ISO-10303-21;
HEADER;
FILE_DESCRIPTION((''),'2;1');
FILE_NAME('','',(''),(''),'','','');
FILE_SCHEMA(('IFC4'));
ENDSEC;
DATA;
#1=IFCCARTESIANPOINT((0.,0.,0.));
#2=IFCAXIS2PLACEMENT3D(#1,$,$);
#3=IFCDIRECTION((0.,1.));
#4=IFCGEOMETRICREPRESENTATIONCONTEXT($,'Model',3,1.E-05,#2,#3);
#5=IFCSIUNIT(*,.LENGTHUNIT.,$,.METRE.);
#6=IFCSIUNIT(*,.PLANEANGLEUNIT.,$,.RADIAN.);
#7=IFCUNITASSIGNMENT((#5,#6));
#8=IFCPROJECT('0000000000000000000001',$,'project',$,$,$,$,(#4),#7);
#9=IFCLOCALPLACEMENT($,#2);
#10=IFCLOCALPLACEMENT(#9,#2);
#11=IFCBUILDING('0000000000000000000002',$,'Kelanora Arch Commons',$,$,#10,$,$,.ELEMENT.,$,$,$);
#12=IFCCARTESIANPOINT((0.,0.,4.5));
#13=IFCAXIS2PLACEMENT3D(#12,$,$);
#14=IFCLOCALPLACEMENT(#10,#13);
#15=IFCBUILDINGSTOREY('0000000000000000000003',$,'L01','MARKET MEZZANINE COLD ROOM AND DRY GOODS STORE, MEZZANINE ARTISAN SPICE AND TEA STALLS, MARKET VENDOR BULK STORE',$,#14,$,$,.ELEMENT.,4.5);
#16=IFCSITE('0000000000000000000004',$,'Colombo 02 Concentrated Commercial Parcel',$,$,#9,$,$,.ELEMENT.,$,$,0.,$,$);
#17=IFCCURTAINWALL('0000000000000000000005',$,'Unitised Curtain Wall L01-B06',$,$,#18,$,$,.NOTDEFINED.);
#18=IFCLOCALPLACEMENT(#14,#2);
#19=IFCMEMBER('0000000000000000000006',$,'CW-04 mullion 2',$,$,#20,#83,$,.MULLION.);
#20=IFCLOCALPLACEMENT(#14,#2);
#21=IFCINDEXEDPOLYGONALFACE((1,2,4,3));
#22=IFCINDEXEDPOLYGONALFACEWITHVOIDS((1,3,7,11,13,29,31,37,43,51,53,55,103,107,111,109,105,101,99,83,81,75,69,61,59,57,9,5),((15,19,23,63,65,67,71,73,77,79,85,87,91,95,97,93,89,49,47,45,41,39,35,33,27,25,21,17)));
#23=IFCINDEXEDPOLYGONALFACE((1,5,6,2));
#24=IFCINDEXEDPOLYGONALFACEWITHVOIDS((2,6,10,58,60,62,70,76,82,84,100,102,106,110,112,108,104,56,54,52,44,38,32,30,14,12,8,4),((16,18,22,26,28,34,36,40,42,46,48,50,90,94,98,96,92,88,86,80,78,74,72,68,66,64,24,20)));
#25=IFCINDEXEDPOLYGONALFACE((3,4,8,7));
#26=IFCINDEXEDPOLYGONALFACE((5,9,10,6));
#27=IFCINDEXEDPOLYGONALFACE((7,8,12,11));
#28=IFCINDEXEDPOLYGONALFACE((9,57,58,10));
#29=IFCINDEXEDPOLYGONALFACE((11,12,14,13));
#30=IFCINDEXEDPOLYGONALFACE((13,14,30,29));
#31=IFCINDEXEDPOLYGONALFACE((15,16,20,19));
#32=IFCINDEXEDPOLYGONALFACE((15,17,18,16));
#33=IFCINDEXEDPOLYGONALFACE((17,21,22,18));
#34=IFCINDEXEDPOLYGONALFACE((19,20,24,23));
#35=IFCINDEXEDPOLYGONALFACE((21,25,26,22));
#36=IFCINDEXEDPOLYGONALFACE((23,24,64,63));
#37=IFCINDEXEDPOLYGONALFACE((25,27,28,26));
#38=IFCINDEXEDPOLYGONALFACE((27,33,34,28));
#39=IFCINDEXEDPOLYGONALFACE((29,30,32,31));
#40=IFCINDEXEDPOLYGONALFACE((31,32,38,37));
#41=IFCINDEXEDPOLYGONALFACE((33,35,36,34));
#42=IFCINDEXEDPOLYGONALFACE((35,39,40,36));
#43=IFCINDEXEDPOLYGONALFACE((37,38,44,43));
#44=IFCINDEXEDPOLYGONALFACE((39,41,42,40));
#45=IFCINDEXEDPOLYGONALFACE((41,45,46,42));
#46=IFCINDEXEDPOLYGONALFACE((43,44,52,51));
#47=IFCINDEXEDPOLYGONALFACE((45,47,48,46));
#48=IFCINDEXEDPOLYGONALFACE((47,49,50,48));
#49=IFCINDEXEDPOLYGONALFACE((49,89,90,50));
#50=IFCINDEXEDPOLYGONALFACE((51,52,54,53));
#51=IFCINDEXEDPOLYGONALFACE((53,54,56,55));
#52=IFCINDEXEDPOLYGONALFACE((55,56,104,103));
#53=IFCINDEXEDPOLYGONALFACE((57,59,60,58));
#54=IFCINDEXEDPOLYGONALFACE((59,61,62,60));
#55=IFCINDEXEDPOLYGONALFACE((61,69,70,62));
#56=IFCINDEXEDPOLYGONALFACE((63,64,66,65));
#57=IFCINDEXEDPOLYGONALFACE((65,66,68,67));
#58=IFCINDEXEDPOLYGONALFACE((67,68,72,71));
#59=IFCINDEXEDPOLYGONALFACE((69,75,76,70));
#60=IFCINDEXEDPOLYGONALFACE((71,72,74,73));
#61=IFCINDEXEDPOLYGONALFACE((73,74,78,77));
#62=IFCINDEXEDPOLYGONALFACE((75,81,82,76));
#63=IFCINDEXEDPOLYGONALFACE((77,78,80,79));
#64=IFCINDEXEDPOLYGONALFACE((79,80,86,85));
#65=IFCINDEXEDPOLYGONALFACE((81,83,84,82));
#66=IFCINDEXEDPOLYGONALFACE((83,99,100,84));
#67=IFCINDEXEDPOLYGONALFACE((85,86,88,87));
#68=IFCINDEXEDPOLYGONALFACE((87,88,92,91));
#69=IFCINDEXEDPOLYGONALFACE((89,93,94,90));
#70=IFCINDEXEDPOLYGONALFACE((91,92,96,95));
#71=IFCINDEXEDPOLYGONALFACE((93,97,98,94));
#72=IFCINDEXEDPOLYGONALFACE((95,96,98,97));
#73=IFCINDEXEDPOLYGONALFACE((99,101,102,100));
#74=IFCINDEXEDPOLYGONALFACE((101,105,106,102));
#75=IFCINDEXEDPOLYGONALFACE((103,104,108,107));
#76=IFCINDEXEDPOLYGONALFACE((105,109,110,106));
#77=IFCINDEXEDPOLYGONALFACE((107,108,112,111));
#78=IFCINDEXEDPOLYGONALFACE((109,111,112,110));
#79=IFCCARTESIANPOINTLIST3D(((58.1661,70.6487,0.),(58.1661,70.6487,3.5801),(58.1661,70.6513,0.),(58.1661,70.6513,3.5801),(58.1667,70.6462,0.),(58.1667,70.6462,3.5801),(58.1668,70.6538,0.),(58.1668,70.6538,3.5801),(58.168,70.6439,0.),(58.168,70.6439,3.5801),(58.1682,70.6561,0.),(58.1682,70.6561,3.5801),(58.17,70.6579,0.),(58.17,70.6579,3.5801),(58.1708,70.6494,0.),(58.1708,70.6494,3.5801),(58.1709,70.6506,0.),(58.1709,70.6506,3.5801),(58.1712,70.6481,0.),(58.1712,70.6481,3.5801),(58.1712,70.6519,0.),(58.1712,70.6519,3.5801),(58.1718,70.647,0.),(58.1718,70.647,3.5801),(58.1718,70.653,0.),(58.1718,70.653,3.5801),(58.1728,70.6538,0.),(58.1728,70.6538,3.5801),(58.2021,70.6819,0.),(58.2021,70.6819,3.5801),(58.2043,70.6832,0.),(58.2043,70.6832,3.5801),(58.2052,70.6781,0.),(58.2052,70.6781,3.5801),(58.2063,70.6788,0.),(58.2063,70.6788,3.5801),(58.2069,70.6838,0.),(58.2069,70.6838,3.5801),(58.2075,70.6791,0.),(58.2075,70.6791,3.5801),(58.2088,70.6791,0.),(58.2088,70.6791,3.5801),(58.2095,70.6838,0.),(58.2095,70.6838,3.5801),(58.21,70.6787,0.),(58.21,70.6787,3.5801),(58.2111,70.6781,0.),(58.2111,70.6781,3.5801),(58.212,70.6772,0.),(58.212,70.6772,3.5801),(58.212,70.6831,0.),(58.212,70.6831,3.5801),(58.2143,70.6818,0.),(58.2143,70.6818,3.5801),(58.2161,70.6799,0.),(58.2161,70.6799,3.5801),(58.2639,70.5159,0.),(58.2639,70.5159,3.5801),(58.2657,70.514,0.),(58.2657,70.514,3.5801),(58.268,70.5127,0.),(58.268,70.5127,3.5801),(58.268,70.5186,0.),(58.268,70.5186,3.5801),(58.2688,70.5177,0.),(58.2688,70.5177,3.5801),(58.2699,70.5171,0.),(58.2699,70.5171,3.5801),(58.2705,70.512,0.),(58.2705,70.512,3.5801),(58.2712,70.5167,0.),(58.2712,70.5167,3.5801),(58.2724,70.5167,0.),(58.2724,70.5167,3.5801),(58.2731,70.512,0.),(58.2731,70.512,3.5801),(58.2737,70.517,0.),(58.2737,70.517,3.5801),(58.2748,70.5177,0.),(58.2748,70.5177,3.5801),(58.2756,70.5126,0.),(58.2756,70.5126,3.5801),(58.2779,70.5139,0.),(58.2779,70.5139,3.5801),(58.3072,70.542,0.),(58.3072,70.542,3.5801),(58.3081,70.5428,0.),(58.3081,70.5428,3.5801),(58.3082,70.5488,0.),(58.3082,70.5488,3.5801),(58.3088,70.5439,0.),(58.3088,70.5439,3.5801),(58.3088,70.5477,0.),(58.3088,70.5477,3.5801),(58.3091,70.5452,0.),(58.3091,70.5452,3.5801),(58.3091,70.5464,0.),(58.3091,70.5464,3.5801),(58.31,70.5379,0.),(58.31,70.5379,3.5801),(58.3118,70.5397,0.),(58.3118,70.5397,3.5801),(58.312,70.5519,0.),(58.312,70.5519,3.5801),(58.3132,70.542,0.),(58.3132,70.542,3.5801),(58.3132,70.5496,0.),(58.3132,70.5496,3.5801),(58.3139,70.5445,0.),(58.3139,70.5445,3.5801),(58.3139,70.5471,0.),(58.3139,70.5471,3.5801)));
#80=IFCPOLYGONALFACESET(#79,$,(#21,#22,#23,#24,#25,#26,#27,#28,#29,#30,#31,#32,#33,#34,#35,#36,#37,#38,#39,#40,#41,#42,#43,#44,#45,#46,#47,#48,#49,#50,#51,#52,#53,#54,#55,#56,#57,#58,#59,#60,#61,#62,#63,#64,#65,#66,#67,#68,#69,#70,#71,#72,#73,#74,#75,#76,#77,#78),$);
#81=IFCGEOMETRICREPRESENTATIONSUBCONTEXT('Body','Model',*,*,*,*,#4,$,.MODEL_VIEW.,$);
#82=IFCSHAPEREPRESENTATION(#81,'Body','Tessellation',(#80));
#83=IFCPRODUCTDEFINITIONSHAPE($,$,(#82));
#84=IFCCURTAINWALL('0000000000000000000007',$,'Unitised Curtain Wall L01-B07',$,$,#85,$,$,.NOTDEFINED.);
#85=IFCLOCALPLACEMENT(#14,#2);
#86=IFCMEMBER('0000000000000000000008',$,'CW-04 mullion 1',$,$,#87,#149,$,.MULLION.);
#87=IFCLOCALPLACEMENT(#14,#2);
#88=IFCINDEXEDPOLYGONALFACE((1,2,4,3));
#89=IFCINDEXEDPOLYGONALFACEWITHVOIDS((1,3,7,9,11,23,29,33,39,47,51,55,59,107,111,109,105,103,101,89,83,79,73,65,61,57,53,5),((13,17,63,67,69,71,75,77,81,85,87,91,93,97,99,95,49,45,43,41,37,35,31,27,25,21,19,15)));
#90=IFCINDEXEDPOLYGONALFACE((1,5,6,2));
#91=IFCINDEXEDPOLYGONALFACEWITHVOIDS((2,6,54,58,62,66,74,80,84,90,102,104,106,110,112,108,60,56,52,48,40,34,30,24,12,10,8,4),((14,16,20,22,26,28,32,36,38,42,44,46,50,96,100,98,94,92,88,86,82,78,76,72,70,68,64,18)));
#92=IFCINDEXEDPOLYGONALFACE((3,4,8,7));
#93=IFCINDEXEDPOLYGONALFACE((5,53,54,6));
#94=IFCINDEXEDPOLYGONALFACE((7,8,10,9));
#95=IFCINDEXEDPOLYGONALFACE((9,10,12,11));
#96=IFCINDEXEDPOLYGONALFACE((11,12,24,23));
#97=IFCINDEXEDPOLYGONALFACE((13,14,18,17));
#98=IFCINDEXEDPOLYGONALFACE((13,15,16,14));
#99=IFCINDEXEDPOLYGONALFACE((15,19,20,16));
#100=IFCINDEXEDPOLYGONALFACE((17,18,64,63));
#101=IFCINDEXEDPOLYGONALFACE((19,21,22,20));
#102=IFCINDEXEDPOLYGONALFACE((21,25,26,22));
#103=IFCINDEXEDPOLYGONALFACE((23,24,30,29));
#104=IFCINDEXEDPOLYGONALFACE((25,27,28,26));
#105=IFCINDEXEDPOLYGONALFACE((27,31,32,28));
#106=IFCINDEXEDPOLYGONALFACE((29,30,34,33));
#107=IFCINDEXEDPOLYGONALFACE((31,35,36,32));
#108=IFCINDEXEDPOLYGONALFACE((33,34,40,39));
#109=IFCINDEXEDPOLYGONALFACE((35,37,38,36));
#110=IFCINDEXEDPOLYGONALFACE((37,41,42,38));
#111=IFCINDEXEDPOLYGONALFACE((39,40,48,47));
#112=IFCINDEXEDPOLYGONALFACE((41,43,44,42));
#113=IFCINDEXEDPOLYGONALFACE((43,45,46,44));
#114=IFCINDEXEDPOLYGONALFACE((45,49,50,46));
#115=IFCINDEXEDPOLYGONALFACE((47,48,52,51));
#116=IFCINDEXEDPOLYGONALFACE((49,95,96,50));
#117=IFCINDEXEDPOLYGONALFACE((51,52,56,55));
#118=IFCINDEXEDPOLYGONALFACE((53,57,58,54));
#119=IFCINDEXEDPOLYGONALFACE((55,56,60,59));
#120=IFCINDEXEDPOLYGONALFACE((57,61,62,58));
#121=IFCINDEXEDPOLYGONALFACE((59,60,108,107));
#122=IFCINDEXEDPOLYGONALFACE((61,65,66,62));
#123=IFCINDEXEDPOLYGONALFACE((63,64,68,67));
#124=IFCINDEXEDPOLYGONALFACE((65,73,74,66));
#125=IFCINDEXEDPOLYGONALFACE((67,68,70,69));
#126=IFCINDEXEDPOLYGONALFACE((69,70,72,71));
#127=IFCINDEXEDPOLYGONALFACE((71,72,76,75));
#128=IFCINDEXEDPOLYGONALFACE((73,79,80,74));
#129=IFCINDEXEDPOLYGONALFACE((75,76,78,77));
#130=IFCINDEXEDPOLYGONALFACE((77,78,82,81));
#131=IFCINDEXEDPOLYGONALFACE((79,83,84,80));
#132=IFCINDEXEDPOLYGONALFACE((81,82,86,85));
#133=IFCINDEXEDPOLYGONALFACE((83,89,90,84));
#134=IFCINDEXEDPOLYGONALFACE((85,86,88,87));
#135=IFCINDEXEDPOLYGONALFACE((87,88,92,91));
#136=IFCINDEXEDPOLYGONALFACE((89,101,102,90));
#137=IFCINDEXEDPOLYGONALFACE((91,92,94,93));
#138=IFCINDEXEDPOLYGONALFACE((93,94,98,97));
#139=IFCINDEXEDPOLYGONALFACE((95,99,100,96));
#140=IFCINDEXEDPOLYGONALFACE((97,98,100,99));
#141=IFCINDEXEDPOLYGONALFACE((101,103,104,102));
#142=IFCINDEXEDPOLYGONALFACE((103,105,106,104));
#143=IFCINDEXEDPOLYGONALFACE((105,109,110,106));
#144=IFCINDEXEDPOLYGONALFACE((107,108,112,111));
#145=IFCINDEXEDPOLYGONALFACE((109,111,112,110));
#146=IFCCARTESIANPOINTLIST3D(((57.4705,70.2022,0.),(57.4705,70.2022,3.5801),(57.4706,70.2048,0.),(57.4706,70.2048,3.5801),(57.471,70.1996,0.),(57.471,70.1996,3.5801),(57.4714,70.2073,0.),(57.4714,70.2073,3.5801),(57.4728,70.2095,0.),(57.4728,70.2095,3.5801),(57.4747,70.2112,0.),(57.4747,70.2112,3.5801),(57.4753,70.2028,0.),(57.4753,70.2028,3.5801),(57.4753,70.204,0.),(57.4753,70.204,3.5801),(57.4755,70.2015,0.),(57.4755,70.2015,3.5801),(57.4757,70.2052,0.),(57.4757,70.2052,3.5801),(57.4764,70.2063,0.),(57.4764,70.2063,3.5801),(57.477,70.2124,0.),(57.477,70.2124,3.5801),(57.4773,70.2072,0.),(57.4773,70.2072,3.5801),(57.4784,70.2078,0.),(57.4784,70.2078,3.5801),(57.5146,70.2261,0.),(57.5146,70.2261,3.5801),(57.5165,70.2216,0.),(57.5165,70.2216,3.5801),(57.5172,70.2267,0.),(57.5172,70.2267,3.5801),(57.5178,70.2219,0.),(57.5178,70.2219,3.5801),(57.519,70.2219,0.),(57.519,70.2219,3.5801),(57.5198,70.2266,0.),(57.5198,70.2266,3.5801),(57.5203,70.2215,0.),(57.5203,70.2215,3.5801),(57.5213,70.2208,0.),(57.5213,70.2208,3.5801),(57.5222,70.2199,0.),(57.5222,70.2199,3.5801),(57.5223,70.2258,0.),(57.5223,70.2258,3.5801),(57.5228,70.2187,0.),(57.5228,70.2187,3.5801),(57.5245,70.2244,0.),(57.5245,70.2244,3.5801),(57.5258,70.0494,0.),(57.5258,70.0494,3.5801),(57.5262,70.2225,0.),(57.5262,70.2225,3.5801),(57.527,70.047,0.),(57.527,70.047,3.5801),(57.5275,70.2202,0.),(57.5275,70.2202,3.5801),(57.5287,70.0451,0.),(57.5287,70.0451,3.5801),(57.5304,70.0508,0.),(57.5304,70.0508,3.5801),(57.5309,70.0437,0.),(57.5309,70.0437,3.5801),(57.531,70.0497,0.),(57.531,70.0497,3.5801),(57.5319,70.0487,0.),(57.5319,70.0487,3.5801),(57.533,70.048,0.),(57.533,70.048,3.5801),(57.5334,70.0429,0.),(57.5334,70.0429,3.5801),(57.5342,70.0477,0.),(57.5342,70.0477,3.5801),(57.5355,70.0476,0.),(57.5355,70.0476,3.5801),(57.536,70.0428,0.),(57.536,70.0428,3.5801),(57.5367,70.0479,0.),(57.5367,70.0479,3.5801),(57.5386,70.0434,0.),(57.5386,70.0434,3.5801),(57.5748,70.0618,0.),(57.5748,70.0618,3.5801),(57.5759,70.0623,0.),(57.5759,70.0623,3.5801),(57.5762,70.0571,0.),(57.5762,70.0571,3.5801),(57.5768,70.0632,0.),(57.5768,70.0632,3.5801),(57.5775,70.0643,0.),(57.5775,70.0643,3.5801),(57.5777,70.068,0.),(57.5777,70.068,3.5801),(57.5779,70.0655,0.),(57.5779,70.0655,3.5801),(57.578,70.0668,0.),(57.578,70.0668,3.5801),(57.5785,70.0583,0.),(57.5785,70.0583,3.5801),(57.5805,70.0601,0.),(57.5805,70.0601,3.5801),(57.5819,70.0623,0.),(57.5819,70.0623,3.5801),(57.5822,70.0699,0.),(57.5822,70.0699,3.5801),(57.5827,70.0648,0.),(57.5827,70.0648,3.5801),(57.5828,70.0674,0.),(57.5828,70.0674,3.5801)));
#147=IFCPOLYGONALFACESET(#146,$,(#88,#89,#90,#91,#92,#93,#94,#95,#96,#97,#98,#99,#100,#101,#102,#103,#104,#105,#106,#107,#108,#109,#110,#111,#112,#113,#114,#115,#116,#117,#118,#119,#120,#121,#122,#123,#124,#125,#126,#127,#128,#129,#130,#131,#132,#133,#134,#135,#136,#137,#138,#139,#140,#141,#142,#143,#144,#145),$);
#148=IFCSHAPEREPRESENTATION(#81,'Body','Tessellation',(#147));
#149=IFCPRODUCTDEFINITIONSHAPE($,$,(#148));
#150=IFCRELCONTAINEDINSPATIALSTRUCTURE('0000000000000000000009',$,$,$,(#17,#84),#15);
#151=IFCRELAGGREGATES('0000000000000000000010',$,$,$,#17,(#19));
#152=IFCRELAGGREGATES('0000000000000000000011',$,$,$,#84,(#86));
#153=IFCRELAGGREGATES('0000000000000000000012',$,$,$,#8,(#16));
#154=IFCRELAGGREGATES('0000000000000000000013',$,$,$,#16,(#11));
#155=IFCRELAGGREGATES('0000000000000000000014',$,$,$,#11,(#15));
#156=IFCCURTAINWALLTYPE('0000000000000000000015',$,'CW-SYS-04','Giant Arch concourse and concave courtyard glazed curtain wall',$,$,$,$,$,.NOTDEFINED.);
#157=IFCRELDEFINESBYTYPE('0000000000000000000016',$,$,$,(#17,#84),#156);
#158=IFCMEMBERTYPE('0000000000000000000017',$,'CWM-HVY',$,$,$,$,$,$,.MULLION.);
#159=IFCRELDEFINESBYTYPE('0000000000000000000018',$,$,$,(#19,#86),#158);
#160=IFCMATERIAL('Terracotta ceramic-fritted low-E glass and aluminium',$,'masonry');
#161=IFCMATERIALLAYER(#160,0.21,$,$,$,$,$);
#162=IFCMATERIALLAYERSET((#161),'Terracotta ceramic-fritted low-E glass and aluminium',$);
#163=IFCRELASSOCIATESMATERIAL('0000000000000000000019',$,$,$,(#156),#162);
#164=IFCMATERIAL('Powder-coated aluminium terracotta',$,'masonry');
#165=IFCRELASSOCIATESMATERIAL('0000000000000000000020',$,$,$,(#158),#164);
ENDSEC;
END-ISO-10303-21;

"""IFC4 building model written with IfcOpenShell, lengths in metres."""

from ifc_helpers import new_model, si_unit, direction, frame, origin, origin_2d, place, context, subcontext, project, spatial, hollow_rectangle, extrude, material, layer, layer_set, material_profile, profile_set, type_object, element, aggregate, save


model = new_model("IFC4")

# Units and contexts
model_context = context("Model", 3, precision=1e-05, world=origin(), true_north=direction((0.0, 1.0)))
body_context = subcontext(model_context, "Body", "Model", "MODEL_VIEW")
ifc_project = project(units=[si_unit("LENGTHUNIT", "METRE"), si_unit("PLANEANGLEUNIT", "RADIAN")], contexts=[model_context])

# Site, building, storey
site_placement = place(None, origin())
site = spatial("IfcSite", under=ifc_project, at=site_placement, Name="Colombo 02 Concentrated Commercial Parcel", CompositionType="ELEMENT", RefElevation=0.0)
building_placement = place(site_placement, origin())
building = spatial("IfcBuilding", under=site, at=building_placement, Name="Kelanora Arch Commons", CompositionType="ELEMENT")
storey_placement = place(building_placement, frame((0.0, 0.0, 4.5)))
storey = spatial("IfcBuildingStorey", under=building, at=storey_placement, Name="L01", Description="MARKET MEZZANINE COLD ROOM AND DRY GOODS STORE, MEZZANINE ARTISAN SPICE AND TEA STALLS, MARKET VENDOR BULK STORE", CompositionType="ELEMENT", Elevation=4.5)

# Curtain wall, member
ifc_material_1 = material(Name="Terracotta ceramic-fritted low-E glass and aluminium", Category="masonry")
ifc_layer_1 = layer(ifc_material_1, 0.21)
ifc_layer_set_1 = layer_set([ifc_layer_1], Name="Terracotta ceramic-fritted low-E glass and aluminium")
curtain_wall_type = type_object("IfcCurtainWallType", Name="CW-SYS-04", Description="Giant Arch concourse and concave courtyard glazed curtain wall", PredefinedType="NOTDEFINED", material=ifc_layer_set_1)
curtain_wall_1_placement = place(storey_placement, origin())
curtain_wall_1 = element("IfcCurtainWall", 1, at=curtain_wall_1_placement, inside=storey, type_object=curtain_wall_type, Name="Unitised Curtain Wall L01-B06", PredefinedType="NOTDEFINED")
ifc_material_2 = material(Name="Powder-coated aluminium terracotta", Category="masonry")
ifc_material_profile_1 = material_profile(ifc_material_2, hollow_rectangle(XDim=0.1799, YDim=0.0601, WallThickness=0.0049, InnerFilletRadius=0.0049, OuterFilletRadius=0.01, at=origin_2d()), Name="CWM180x60")
ifc_profile_set_1 = profile_set([ifc_material_profile_1], Name="Powder-coated aluminium terracotta")
member_type_1 = type_object("IfcMemberType", Name="CWM-HVY", PredefinedType="MULLION", material=ifc_profile_set_1)
member_1_placement = place(storey_placement, frame((58.24, 70.5979, 0.0), z_axis=(0.0, 0.0, 1.0), x_axis=(0.599588, -0.800309, 0.0)))
member_1 = element("IfcMember", 2, at=member_1_placement, type_object=member_type_1, Name="CW-04 mullion 2", PredefinedType="MULLION", context=body_context, shape_type="SweptSolid", body=[
    extrude(hollow_rectangle(XDim=0.1799, YDim=0.0601, WallThickness=0.0049, InnerFilletRadius=0.0049, OuterFilletRadius=0.01, at=origin_2d()), origin(), (0.0, 0.0, 1.0), 3.5801),
])

# Curtain wall, member
curtain_wall_2_placement = place(storey_placement, origin())
curtain_wall_2 = element("IfcCurtainWall", 3, at=curtain_wall_2_placement, inside=storey, type_object=curtain_wall_type, Name="Unitised Curtain Wall L01-B07", PredefinedType="NOTDEFINED")
member_2_placement = place(storey_placement, frame((57.5266, 70.1348, 0.0), z_axis=(0.0, 0.0, 1.0), x_axis=(0.342318, -0.939584, 0.0)))
member_2 = element("IfcMember", 4, at=member_2_placement, type_object=member_type_1, Name="CW-04 mullion 1", PredefinedType="MULLION", context=body_context, shape_type="SweptSolid", body=[
    extrude(hollow_rectangle(XDim=0.1799, YDim=0.0601, WallThickness=0.0049, InnerFilletRadius=0.0049, OuterFilletRadius=0.01, at=origin_2d()), origin(), (0.0, 0.0, 1.0), 3.5801),
])

aggregate(curtain_wall_1, [member_1])
aggregate(curtain_wall_2, [member_2])

save(model, "model.ifc")
